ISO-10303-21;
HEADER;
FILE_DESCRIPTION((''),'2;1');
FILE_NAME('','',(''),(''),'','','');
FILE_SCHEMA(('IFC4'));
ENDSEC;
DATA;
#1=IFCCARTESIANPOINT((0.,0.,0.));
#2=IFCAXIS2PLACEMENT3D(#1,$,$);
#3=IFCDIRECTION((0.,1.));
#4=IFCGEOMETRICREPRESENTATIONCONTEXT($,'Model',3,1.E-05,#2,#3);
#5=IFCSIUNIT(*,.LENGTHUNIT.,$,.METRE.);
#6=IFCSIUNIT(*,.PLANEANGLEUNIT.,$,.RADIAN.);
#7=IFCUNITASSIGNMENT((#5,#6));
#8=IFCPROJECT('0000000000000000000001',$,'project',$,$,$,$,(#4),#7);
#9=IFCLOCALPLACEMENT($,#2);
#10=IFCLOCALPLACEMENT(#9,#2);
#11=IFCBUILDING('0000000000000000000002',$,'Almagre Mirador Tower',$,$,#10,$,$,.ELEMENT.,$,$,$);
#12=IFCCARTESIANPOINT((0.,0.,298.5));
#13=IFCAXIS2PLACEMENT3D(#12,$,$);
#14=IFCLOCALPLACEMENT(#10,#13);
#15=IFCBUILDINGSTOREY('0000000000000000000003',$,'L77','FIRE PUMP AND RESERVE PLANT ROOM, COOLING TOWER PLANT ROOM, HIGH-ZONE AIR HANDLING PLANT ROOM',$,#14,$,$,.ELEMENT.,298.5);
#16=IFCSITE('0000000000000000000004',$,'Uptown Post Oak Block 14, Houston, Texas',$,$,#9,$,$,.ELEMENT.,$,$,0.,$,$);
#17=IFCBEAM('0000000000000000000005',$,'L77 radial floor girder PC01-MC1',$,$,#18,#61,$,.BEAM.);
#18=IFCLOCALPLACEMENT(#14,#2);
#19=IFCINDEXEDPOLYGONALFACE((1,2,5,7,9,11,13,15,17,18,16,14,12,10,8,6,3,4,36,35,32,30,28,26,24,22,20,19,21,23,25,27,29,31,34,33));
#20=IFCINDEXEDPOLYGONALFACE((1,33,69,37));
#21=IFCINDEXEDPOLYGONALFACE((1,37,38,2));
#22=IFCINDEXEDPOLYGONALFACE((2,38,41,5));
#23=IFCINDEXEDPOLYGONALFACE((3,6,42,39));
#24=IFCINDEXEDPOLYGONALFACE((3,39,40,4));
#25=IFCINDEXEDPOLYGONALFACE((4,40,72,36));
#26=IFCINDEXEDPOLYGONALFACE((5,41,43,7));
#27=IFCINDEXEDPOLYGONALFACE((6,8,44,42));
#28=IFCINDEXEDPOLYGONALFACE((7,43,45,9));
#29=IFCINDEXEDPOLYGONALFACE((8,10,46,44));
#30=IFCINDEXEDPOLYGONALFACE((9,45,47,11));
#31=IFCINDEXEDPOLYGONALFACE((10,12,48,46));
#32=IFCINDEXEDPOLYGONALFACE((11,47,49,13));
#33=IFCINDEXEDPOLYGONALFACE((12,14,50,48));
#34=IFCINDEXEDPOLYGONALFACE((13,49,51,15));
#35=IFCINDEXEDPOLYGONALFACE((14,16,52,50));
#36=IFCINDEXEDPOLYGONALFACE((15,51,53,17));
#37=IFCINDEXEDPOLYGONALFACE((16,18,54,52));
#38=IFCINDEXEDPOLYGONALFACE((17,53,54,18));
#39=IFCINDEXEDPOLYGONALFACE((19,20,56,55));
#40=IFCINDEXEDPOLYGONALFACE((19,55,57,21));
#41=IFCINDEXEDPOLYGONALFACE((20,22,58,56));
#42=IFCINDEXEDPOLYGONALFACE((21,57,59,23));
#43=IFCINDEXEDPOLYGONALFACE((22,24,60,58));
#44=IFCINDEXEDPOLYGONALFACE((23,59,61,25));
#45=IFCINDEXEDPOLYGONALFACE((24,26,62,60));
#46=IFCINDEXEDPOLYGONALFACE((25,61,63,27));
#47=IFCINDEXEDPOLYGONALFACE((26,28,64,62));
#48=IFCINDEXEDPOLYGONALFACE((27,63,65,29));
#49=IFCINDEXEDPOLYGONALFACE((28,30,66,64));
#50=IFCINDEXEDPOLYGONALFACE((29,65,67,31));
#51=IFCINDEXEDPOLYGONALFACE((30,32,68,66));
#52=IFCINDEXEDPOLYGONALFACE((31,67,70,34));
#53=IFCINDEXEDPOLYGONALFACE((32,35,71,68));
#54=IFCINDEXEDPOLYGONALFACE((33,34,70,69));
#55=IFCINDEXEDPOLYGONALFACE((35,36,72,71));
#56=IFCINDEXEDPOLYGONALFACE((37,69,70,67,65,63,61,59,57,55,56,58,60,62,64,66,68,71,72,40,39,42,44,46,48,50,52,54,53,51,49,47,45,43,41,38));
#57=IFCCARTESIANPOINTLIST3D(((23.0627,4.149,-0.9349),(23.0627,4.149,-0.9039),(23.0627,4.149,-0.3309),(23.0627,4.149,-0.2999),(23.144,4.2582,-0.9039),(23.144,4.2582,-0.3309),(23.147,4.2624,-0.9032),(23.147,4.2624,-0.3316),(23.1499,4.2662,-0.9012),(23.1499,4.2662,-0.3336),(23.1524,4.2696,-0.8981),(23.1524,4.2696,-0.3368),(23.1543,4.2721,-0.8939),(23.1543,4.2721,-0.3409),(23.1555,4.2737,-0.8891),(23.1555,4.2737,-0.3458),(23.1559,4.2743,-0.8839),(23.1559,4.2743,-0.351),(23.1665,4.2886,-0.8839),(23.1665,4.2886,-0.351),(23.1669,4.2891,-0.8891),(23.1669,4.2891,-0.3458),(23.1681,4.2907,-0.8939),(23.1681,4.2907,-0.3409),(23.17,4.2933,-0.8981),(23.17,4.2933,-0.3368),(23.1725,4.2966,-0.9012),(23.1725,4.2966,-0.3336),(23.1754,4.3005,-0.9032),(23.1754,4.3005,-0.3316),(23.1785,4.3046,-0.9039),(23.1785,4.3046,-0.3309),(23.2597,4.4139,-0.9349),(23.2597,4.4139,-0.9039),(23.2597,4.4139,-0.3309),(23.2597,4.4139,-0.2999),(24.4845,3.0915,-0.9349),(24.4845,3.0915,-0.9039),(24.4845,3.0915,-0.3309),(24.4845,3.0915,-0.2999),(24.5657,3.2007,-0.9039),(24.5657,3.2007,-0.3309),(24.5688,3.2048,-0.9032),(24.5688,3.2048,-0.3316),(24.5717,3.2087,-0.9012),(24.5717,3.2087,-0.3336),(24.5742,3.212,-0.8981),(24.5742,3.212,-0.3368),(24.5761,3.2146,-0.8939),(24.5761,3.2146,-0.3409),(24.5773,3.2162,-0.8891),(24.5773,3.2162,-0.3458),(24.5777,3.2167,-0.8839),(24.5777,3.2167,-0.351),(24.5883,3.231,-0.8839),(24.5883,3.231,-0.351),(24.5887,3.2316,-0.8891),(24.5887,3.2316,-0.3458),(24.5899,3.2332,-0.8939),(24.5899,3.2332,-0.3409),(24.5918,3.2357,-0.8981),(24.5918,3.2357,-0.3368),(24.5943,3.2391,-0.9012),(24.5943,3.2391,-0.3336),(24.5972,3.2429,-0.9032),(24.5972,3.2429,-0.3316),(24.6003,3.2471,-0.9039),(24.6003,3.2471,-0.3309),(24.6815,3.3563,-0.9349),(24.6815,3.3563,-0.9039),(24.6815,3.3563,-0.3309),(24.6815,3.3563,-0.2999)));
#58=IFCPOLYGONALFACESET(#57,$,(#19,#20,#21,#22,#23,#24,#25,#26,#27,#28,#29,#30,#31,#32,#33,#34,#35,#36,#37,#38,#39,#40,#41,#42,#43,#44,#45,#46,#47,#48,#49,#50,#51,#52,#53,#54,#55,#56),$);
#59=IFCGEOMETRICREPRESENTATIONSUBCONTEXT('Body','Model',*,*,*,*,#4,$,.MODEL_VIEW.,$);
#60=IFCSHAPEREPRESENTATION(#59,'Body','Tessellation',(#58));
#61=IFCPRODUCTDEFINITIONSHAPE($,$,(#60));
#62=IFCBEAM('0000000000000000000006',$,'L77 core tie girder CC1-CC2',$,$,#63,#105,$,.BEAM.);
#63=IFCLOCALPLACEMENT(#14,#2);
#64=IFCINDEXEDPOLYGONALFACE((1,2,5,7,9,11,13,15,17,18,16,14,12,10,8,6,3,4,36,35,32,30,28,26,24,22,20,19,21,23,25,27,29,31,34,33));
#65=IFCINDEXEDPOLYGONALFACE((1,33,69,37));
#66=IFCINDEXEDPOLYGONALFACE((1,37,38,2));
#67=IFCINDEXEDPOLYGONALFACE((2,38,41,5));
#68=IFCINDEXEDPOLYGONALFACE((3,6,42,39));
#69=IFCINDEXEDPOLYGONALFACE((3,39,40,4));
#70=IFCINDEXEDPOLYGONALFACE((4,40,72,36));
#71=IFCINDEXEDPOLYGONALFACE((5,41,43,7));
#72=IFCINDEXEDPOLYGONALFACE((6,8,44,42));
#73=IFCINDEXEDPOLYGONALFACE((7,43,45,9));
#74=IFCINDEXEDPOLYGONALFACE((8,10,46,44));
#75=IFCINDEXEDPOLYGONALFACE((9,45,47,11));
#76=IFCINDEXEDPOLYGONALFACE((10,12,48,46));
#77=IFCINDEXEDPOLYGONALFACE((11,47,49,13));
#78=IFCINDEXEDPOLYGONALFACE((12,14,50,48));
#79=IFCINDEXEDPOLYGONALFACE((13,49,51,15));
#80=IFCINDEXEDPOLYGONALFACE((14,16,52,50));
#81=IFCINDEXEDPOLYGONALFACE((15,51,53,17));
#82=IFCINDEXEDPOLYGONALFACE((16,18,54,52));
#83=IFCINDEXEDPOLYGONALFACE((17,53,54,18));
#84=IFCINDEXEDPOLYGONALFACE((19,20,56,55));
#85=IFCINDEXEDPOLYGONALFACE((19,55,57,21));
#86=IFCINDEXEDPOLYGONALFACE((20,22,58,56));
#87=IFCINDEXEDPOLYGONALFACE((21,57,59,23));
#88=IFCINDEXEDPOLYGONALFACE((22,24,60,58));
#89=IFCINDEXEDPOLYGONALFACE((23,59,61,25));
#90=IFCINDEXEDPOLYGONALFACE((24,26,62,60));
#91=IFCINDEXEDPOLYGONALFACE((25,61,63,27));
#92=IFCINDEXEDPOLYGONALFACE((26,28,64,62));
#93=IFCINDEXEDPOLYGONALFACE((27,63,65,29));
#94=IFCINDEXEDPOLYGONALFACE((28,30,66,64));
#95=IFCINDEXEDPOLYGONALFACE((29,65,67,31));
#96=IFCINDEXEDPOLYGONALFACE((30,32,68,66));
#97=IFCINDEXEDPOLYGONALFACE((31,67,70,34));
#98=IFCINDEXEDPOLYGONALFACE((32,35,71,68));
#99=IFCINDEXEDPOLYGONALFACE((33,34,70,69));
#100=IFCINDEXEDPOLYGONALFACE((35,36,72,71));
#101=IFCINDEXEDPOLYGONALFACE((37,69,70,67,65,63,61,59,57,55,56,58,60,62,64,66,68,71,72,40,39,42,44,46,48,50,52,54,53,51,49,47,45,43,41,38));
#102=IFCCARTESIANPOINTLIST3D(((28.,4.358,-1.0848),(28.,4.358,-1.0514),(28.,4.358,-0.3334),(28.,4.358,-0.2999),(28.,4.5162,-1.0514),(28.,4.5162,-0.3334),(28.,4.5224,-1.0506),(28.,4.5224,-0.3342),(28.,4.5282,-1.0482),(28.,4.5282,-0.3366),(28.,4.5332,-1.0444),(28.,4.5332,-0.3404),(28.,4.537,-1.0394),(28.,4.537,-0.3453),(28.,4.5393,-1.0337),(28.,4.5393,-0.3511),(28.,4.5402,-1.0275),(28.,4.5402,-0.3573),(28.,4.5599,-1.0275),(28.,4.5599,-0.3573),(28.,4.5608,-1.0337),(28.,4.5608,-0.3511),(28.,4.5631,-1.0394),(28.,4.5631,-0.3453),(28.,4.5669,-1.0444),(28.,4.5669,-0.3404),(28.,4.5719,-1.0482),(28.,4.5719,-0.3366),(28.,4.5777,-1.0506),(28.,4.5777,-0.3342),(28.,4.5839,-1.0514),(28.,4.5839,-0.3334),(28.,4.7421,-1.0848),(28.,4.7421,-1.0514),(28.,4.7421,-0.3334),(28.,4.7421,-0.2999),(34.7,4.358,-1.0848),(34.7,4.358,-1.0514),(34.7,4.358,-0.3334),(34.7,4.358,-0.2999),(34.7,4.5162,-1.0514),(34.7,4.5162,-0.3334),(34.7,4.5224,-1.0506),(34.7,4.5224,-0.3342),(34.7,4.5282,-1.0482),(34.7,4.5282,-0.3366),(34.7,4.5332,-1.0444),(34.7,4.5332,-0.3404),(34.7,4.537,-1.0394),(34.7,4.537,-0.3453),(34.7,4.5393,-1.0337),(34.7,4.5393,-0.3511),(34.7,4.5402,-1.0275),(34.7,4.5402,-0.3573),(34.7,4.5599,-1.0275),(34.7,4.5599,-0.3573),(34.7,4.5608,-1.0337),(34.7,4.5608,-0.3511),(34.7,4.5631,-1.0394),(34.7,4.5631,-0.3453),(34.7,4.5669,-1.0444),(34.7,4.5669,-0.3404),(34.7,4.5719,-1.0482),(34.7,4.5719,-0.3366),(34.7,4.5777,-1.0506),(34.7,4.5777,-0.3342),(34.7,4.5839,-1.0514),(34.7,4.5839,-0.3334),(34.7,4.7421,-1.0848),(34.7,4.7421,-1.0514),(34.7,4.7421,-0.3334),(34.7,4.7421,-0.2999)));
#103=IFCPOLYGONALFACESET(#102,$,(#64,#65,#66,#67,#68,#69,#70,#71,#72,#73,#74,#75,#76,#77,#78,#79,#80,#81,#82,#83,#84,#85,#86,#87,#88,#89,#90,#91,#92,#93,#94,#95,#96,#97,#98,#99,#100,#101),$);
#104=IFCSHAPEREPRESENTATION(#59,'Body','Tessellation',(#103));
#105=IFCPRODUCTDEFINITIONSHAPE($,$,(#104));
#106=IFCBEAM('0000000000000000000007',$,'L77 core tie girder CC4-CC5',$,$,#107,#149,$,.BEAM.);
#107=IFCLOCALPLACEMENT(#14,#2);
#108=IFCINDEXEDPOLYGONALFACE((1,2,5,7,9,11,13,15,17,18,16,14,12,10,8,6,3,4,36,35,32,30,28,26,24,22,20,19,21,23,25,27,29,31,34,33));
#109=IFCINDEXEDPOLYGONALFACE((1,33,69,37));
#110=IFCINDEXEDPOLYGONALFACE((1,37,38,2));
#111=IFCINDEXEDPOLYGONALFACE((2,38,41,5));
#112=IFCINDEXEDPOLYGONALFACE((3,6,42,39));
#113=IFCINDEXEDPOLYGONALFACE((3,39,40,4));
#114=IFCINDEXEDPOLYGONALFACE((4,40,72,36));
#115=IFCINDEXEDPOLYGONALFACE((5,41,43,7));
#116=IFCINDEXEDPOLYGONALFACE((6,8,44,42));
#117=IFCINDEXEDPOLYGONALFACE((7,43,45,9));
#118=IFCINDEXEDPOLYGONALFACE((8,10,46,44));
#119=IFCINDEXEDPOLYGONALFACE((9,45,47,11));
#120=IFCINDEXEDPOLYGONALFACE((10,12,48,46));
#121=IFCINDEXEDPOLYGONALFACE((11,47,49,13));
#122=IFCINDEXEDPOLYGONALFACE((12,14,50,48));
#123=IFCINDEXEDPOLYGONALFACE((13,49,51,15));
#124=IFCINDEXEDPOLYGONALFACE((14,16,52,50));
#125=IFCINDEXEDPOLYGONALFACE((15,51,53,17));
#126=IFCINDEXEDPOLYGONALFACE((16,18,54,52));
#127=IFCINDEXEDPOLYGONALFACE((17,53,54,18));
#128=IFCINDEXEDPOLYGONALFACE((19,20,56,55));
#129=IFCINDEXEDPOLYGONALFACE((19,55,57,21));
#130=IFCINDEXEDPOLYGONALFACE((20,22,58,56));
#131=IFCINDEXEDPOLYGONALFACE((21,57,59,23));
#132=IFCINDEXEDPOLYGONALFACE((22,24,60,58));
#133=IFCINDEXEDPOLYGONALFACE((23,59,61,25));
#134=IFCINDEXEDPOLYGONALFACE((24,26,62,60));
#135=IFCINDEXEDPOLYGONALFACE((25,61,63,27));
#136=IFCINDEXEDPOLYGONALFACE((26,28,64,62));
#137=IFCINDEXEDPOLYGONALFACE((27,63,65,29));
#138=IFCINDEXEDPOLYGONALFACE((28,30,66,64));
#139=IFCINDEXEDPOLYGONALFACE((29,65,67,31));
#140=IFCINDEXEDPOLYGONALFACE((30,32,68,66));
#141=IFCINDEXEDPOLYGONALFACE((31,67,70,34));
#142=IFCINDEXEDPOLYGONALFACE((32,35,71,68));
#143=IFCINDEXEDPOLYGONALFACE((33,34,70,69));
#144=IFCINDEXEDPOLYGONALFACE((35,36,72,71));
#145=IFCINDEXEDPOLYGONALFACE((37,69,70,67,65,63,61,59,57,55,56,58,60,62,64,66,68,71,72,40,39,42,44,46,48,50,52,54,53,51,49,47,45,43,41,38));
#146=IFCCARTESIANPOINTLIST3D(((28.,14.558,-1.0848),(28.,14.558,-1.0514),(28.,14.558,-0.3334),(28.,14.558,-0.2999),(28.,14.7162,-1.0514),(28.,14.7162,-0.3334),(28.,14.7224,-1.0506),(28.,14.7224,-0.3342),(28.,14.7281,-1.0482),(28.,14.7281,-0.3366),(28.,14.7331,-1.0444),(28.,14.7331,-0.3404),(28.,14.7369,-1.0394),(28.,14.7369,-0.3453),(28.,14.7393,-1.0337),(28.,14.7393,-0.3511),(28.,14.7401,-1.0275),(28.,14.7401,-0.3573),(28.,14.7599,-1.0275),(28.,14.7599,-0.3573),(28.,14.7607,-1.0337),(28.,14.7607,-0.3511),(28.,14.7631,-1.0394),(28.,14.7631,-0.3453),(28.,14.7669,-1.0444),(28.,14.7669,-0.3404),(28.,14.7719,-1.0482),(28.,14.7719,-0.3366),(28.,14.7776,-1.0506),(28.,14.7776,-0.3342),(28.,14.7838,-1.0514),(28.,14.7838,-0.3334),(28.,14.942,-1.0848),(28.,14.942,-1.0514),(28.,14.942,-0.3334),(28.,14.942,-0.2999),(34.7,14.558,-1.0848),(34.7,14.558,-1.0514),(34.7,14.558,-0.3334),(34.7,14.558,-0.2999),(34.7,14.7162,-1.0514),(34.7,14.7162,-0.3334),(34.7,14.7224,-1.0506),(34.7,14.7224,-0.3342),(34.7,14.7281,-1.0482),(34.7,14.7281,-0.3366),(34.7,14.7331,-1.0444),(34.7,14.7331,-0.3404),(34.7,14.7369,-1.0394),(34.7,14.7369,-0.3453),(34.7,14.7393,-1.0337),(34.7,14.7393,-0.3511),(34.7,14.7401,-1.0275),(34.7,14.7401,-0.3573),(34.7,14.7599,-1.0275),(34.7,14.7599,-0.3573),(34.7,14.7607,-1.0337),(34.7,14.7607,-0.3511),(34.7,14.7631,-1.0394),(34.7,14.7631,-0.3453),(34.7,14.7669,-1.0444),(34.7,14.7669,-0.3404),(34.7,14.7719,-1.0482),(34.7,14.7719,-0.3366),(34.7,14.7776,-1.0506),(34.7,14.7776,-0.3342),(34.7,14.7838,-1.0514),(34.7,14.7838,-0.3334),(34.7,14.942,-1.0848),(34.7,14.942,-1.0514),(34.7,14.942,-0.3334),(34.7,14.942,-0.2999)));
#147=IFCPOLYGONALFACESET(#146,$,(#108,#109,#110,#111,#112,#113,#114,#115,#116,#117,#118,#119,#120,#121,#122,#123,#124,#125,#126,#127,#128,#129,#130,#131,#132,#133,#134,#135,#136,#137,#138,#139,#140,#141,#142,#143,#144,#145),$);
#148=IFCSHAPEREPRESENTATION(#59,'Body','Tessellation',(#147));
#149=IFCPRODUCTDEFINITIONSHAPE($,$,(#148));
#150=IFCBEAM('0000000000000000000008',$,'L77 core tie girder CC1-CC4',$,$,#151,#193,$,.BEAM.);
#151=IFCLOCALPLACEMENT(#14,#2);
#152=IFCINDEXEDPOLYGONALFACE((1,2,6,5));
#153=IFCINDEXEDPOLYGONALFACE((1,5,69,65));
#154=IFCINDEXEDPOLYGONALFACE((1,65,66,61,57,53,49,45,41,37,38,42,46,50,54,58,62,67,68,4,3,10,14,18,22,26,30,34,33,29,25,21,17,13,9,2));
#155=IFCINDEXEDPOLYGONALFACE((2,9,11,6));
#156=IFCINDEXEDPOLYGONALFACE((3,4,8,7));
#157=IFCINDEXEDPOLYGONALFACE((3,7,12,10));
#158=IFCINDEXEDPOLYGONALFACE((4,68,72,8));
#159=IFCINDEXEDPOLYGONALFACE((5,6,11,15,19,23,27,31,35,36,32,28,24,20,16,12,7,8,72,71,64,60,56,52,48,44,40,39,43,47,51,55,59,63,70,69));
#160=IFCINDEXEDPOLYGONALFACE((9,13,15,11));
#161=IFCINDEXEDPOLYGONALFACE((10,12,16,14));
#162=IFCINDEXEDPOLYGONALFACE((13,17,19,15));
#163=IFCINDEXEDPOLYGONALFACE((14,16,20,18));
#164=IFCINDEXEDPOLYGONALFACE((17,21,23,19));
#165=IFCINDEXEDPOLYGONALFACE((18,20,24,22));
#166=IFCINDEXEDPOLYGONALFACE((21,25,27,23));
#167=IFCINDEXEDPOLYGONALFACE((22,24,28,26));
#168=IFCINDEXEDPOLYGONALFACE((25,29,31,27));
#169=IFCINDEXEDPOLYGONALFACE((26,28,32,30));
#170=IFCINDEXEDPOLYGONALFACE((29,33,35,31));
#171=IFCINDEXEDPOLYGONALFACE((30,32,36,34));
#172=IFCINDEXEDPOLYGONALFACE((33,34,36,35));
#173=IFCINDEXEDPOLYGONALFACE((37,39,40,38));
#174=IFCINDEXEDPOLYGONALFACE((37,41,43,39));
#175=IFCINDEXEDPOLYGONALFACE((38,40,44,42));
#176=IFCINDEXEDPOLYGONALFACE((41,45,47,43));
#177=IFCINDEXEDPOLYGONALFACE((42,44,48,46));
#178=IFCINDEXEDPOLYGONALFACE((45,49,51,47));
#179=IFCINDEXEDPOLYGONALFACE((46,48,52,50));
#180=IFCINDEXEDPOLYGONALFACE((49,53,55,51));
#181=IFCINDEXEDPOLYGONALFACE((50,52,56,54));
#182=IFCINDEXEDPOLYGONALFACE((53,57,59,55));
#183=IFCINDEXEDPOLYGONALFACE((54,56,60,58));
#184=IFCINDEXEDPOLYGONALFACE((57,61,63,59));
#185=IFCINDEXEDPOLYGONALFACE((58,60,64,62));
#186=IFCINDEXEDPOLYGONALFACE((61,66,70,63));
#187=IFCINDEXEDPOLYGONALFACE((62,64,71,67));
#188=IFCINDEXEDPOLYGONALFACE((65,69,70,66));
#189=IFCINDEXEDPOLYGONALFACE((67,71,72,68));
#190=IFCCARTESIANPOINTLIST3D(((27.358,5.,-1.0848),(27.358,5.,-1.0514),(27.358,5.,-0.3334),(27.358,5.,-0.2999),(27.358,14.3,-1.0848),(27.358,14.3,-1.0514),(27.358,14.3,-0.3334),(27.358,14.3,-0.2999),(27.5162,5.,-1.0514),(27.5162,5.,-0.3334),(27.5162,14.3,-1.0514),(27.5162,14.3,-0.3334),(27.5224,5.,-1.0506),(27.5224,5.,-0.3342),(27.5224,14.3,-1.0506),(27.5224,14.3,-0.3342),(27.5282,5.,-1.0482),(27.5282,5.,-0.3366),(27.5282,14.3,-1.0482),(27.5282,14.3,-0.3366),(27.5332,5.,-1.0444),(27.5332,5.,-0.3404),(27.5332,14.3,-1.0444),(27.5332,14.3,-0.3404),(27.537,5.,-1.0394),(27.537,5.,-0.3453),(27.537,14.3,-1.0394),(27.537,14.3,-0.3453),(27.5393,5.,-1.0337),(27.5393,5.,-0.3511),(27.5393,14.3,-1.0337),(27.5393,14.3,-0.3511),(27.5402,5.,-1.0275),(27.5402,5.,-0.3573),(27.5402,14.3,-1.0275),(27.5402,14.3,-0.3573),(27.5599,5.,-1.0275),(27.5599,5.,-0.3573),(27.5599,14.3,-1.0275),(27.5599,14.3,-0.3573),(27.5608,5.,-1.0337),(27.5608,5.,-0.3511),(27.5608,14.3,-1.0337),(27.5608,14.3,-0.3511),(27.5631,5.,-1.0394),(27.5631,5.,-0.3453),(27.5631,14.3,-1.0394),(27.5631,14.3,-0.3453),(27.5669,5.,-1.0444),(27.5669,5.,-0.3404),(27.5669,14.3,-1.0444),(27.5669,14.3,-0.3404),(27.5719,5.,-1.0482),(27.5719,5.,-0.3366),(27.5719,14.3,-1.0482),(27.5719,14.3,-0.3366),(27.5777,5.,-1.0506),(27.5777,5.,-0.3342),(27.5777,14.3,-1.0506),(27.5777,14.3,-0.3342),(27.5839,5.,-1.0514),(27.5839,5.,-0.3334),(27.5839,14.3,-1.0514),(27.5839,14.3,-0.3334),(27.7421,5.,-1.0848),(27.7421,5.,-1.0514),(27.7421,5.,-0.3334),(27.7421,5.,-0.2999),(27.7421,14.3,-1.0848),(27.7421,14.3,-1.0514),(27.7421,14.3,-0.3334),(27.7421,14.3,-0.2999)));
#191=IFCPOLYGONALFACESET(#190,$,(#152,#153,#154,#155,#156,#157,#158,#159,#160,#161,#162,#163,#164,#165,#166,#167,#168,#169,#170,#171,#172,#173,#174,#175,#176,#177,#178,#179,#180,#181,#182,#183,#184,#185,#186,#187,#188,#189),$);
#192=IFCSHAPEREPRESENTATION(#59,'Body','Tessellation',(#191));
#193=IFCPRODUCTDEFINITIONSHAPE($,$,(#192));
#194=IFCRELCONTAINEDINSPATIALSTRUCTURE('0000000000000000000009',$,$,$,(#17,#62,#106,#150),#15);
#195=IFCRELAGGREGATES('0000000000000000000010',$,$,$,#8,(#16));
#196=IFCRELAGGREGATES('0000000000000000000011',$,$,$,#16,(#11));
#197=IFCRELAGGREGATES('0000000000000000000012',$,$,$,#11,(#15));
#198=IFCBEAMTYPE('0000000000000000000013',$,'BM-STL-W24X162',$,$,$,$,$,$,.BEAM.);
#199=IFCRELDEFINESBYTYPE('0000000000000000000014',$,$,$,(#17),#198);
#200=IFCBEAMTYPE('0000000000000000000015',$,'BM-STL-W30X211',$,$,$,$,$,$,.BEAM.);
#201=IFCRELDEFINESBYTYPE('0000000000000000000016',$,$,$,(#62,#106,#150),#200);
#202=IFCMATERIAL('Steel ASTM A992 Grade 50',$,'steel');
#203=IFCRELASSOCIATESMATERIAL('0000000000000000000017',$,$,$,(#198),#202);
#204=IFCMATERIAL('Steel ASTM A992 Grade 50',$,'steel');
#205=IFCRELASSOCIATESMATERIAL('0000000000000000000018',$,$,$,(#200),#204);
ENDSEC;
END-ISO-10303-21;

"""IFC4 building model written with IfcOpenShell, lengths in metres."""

from ifc_helpers import new_model, si_unit, direction, frame, origin, origin_2d, place, context, subcontext, project, spatial, i_section, extrude, material, material_profile, profile_set, type_object, element, save


model = new_model("IFC4")

# Units and contexts
model_context = context("Model", 3, precision=1e-05, world=origin(), true_north=direction((0.0, 1.0)))
body_context = subcontext(model_context, "Body", "Model", "MODEL_VIEW")
ifc_project = project(units=[si_unit("LENGTHUNIT", "METRE"), si_unit("PLANEANGLEUNIT", "RADIAN")], contexts=[model_context])

# Site, building, storey
site_placement = place(None, origin())
site = spatial("IfcSite", under=ifc_project, at=site_placement, Name="Uptown Post Oak Block 14, Houston, Texas", CompositionType="ELEMENT", RefElevation=0.0)
building_placement = place(site_placement, origin())
building = spatial("IfcBuilding", under=site, at=building_placement, Name="Almagre Mirador Tower", CompositionType="ELEMENT")
storey_placement = place(building_placement, frame((0.0, 0.0, 298.5)))
storey = spatial("IfcBuildingStorey", under=building, at=storey_placement, Name="L77", Description="FIRE PUMP AND RESERVE PLANT ROOM, COOLING TOWER PLANT ROOM, HIGH-ZONE AIR HANDLING PLANT ROOM", CompositionType="ELEMENT", Elevation=298.5)

# Beams
ifc_material_1 = material(Name="Steel ASTM A992 Grade 50", Category="steel")
ifc_material_profile_1 = material_profile(ifc_material_1, i_section(OverallWidth=0.3301, OverallDepth=0.635, WebThickness=0.0178, FlangeThickness=0.031, FilletRadius=0.02, at=origin_2d()), Name="W24X162")
ifc_profile_set_1 = profile_set([ifc_material_profile_1], Name="Steel ASTM A992 Grade 50")
beam_type_1 = type_object("IfcBeamType", Name="BM-STL-W24X162", PredefinedType="BEAM", material=ifc_profile_set_1)
beam_1_placement = place(storey_placement, frame((24.583, 3.2239, -0.6174), z_axis=(-0.802374, 0.596821, 0.0), x_axis=(-0.596821, -0.802374, 0.0)))
element("IfcBeam", 1, at=beam_1_placement, inside=storey, type_object=beam_type_1, Name="L77 radial floor girder PC01-MC1", PredefinedType="BEAM", context=body_context, shape_type="SweptSolid", body=[
    extrude(i_section(OverallWidth=0.3301, OverallDepth=0.635, WebThickness=0.0178, FlangeThickness=0.031, FilletRadius=0.02, at=origin_2d()), origin(), (0.0, 0.0, 1.0), 1.772),
])
ifc_material_2 = material(Name="Steel ASTM A992 Grade 50", Category="steel")
ifc_material_profile_2 = material_profile(ifc_material_2, i_section(OverallWidth=0.384, OverallDepth=0.7849, WebThickness=0.0198, FlangeThickness=0.0334, FilletRadius=0.0239, at=origin_2d()), Name="W30X211")
ifc_profile_set_2 = profile_set([ifc_material_profile_2], Name="Steel ASTM A992 Grade 50")
beam_type_2 = type_object("IfcBeamType", Name="BM-STL-W30X211", PredefinedType="BEAM", material=ifc_profile_set_2)
for number, where, z_axis, x_axis, name in (
    (2, (28.0, 4.55, -0.6924), (1.0, 0.0, 0.0), (0.0, 1.0, 0.0), "L77 core tie girder CC1-CC2"),
    (3, (28.0, 14.75, -0.6924), (1.0, 0.0, 0.0), (0.0, 1.0, 0.0), "L77 core tie girder CC4-CC5"),
):
    element("IfcBeam", number, at=place(storey_placement, frame(where, z_axis=z_axis, x_axis=x_axis)), inside=storey, type_object=beam_type_2, Name=name, PredefinedType="BEAM", context=body_context, shape_type="SweptSolid", body=[
        extrude(i_section(OverallWidth=0.384, OverallDepth=0.7849, WebThickness=0.0198, FlangeThickness=0.0334, FilletRadius=0.0239, at=origin_2d()), origin(), (0.0, 0.0, 1.0), 6.7),
    ])
beam_2_placement = place(storey_placement, frame((27.55, 5.0, -0.6924), z_axis=(0.0, 1.0, 0.0), x_axis=(-1.0, 0.0, 0.0)))
element("IfcBeam", 4, at=beam_2_placement, inside=storey, type_object=beam_type_2, Name="L77 core tie girder CC1-CC4", PredefinedType="BEAM", context=body_context, shape_type="SweptSolid", body=[
    extrude(i_section(OverallWidth=0.384, OverallDepth=0.7849, WebThickness=0.0198, FlangeThickness=0.0334, FilletRadius=0.0239, at=origin_2d()), origin(), (0.0, 0.0, 1.0), 9.3),
])

save(model, "model.ifc")
